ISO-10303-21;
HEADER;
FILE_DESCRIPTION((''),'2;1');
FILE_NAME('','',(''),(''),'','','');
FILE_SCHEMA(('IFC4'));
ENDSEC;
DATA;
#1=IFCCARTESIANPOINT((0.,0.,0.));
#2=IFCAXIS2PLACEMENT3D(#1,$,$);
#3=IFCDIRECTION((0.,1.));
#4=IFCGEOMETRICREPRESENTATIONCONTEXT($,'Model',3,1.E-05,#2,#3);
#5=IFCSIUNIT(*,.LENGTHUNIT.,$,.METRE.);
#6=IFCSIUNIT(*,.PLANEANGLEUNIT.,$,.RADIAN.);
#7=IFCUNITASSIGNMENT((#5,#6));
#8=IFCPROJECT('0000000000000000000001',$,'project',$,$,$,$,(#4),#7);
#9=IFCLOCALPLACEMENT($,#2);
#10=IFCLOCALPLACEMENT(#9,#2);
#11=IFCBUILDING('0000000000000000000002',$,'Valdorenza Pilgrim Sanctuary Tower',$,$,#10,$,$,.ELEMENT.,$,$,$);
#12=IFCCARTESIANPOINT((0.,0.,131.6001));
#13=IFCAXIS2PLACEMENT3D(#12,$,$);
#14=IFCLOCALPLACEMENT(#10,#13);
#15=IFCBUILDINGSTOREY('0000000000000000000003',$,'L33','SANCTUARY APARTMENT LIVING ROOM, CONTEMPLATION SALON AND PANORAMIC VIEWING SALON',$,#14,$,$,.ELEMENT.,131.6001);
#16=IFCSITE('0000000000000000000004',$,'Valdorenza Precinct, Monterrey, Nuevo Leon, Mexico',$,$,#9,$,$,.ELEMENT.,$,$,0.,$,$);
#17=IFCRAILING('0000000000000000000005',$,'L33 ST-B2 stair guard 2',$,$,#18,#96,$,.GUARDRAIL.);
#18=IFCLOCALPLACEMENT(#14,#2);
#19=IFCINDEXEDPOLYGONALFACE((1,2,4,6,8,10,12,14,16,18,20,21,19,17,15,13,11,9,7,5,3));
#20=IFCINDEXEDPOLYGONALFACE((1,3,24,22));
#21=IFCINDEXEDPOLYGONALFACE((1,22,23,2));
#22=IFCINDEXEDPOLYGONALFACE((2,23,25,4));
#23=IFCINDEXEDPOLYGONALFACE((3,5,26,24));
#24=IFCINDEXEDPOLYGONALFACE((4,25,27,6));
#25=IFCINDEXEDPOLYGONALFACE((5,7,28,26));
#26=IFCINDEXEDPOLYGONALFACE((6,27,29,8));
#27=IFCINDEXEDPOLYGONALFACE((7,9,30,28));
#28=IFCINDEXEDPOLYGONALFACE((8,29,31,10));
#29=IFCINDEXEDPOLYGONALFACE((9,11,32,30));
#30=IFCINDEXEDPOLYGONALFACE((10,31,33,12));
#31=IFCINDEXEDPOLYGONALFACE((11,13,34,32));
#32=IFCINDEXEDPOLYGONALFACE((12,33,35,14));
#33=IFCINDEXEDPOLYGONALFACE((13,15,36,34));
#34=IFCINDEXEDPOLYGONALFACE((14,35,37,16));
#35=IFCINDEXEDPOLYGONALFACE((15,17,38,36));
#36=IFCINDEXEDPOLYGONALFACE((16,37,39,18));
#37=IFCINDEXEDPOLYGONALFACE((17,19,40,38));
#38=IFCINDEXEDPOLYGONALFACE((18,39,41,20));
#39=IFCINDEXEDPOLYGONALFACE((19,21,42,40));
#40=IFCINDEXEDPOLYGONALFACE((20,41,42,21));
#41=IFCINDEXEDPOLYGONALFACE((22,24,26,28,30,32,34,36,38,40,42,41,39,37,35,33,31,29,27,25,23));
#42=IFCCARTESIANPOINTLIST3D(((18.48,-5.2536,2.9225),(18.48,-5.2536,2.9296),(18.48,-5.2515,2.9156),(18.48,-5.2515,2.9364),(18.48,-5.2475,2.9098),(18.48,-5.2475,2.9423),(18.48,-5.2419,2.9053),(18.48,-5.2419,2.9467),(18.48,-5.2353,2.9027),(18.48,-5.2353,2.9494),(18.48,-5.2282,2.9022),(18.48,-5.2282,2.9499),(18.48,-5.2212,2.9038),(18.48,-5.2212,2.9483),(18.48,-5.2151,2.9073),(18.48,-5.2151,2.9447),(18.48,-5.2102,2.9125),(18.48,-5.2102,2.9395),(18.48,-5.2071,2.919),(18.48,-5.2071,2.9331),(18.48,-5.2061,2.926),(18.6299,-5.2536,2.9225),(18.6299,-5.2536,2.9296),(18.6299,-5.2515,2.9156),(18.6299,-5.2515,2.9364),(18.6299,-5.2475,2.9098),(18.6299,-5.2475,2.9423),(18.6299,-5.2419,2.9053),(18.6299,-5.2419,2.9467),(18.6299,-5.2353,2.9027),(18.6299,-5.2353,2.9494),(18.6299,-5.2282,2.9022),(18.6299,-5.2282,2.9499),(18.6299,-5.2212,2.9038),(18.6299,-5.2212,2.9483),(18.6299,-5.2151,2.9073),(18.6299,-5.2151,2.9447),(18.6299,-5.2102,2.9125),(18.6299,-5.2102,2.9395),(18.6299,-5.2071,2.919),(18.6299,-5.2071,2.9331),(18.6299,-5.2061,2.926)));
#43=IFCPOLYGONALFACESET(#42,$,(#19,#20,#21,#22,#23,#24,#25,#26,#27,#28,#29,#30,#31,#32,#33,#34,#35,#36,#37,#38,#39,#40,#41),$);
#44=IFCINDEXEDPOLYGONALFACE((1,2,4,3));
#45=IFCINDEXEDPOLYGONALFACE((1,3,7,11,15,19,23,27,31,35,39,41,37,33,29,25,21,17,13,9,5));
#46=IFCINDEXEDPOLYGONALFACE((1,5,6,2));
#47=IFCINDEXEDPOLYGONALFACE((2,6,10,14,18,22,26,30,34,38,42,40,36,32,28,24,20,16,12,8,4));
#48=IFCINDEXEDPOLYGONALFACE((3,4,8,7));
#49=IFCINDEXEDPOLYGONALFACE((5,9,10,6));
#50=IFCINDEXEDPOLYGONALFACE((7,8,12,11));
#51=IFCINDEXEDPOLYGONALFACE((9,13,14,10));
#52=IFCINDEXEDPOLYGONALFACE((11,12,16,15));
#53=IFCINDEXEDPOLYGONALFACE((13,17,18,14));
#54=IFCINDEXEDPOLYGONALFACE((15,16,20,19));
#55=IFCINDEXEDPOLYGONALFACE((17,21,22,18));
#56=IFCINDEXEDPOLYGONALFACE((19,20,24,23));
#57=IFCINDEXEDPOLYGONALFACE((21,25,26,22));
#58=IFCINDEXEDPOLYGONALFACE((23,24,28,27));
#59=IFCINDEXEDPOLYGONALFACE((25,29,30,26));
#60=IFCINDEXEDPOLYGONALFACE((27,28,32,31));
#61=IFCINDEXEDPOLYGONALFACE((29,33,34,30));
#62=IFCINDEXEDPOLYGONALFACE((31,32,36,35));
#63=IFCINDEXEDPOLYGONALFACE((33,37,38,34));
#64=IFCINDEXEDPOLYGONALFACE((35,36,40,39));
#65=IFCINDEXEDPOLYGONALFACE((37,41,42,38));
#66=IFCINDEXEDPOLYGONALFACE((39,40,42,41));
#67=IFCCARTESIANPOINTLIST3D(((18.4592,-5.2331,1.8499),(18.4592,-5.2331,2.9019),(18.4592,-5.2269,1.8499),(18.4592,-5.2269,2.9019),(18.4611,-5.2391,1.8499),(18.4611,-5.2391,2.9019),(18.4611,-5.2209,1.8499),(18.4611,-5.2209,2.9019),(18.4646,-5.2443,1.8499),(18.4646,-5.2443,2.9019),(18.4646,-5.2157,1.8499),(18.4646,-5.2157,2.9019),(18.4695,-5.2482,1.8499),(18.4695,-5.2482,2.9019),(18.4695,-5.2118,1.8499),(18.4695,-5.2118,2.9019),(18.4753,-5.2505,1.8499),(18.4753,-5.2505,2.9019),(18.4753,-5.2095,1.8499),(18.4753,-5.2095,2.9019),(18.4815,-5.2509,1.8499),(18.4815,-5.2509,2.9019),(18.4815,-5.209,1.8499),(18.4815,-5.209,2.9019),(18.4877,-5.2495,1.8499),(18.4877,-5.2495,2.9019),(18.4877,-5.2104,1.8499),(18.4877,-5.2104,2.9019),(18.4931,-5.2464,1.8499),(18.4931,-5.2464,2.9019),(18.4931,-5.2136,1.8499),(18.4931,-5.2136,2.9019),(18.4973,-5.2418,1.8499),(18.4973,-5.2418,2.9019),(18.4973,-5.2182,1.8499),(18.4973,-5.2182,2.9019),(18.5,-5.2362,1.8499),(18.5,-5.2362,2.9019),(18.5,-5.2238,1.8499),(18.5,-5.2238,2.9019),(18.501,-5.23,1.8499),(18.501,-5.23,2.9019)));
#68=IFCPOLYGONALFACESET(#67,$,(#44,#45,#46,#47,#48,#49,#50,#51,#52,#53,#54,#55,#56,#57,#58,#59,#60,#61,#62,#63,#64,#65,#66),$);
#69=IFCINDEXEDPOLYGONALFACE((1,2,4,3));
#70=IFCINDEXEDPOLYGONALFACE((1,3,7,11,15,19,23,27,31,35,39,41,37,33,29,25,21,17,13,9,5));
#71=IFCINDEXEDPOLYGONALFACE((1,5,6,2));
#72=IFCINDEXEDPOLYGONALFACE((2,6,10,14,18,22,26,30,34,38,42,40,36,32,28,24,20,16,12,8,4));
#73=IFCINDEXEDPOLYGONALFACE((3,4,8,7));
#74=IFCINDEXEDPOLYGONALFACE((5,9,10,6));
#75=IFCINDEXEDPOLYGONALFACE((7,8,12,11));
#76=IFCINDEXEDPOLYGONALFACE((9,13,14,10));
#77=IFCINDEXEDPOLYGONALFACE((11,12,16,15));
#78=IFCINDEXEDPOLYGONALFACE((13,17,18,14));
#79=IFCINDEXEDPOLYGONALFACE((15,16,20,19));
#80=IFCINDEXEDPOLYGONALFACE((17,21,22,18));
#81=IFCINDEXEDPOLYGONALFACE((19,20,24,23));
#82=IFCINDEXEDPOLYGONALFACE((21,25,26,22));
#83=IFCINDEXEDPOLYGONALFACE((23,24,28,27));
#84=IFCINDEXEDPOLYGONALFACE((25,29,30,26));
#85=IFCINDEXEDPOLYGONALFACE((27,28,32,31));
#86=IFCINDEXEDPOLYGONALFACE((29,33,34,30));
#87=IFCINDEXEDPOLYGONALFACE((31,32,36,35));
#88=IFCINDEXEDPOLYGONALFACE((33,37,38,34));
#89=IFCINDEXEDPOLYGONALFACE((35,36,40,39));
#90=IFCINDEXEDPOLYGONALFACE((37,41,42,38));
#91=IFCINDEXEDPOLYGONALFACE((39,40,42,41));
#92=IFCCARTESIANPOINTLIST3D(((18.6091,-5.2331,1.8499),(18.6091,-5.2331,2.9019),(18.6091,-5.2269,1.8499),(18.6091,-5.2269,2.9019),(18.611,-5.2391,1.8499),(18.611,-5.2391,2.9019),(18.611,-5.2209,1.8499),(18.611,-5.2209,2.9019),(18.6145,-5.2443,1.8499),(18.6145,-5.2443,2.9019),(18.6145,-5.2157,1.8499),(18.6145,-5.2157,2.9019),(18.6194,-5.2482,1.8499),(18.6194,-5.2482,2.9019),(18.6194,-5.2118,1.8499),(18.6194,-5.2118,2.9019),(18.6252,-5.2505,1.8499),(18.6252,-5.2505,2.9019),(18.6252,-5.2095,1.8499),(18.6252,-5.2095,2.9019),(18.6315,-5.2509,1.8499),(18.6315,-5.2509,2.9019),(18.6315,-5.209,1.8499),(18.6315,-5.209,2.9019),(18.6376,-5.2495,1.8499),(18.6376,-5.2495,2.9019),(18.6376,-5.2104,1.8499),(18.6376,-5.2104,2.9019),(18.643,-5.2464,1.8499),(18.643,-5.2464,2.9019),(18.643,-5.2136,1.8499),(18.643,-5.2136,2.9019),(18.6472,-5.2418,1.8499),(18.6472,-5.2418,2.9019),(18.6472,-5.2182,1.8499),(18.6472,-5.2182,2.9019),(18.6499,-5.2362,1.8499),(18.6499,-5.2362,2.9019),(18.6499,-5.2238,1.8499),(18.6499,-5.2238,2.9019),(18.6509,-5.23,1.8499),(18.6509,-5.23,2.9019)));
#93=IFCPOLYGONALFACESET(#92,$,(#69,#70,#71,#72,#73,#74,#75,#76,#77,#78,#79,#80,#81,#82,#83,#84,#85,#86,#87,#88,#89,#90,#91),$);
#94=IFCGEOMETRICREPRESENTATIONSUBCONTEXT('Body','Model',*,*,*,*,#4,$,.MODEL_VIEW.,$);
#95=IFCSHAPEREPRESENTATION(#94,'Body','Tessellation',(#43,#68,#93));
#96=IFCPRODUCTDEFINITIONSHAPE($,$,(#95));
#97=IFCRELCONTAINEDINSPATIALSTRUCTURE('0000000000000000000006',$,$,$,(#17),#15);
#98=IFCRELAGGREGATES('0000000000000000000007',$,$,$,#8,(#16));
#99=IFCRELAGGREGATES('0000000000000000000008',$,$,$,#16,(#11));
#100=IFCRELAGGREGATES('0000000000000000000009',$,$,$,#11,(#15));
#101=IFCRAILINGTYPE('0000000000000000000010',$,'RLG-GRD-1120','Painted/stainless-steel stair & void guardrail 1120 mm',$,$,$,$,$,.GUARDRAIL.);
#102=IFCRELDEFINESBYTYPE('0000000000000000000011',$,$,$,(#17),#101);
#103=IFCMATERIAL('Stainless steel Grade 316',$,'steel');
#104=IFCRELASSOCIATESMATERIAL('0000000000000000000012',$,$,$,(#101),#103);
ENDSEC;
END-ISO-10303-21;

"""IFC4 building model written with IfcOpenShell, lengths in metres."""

from ifc_helpers import new_model, si_unit, direction, frame, origin, origin_2d, place, context, subcontext, project, spatial, circle, extrude, material, type_object, element, save


model = new_model("IFC4")

# Units and contexts
model_context = context("Model", 3, precision=1e-05, world=origin(), true_north=direction((0.0, 1.0)))
body_context = subcontext(model_context, "Body", "Model", "MODEL_VIEW")
ifc_project = project(units=[si_unit("LENGTHUNIT", "METRE"), si_unit("PLANEANGLEUNIT", "RADIAN")], contexts=[model_context])

# Site, building, storey
site_placement = place(None, origin())
site = spatial("IfcSite", under=ifc_project, at=site_placement, Name="Valdorenza Precinct, Monterrey, Nuevo Leon, Mexico", CompositionType="ELEMENT", RefElevation=0.0)
building_placement = place(site_placement, origin())
building = spatial("IfcBuilding", under=site, at=building_placement, Name="Valdorenza Pilgrim Sanctuary Tower", CompositionType="ELEMENT")
storey_placement = place(building_placement, frame((0.0, 0.0, 131.6001)))
storey = spatial("IfcBuildingStorey", under=building, at=storey_placement, Name="L33", Description="SANCTUARY APARTMENT LIVING ROOM, CONTEMPLATION SALON AND PANORAMIC VIEWING SALON", CompositionType="ELEMENT", Elevation=131.6001)

# Railing
ifc_material_1 = material(Name="Stainless steel Grade 316", Category="steel")
railing_type_1 = type_object("IfcRailingType", Name="RLG-GRD-1120", Description="Painted/stainless-steel stair & void guardrail 1120 mm", PredefinedType="GUARDRAIL", material=ifc_material_1)
railing_1_placement = place(storey_placement, frame((18.48, -5.23, 1.8499)))
element("IfcRailing", 1, at=railing_1_placement, inside=storey, type_object=railing_type_1, Name="L33 ST-B2 stair guard 2", PredefinedType="GUARDRAIL", context=body_context, shape_type="SweptSolid", body=[
    extrude(circle(Radius=0.0239, at=origin_2d()), frame((0.0, 0.0, 1.0762), z_axis=(1.0, 0.0, 0.0), x_axis=(0.0, 1.0, 0.0)), (0.0, 0.0, 1.0), 0.1499),
    extrude(circle(Radius=0.021, at=origin_2d()), origin(), (0.0, 0.0, 1.0), 1.052),
    extrude(circle(Radius=0.021, at=origin_2d()), frame((0.1499, 0.0, 0.0)), (0.0, 0.0, 1.0), 1.052),
])

save(model, "model.ifc")
